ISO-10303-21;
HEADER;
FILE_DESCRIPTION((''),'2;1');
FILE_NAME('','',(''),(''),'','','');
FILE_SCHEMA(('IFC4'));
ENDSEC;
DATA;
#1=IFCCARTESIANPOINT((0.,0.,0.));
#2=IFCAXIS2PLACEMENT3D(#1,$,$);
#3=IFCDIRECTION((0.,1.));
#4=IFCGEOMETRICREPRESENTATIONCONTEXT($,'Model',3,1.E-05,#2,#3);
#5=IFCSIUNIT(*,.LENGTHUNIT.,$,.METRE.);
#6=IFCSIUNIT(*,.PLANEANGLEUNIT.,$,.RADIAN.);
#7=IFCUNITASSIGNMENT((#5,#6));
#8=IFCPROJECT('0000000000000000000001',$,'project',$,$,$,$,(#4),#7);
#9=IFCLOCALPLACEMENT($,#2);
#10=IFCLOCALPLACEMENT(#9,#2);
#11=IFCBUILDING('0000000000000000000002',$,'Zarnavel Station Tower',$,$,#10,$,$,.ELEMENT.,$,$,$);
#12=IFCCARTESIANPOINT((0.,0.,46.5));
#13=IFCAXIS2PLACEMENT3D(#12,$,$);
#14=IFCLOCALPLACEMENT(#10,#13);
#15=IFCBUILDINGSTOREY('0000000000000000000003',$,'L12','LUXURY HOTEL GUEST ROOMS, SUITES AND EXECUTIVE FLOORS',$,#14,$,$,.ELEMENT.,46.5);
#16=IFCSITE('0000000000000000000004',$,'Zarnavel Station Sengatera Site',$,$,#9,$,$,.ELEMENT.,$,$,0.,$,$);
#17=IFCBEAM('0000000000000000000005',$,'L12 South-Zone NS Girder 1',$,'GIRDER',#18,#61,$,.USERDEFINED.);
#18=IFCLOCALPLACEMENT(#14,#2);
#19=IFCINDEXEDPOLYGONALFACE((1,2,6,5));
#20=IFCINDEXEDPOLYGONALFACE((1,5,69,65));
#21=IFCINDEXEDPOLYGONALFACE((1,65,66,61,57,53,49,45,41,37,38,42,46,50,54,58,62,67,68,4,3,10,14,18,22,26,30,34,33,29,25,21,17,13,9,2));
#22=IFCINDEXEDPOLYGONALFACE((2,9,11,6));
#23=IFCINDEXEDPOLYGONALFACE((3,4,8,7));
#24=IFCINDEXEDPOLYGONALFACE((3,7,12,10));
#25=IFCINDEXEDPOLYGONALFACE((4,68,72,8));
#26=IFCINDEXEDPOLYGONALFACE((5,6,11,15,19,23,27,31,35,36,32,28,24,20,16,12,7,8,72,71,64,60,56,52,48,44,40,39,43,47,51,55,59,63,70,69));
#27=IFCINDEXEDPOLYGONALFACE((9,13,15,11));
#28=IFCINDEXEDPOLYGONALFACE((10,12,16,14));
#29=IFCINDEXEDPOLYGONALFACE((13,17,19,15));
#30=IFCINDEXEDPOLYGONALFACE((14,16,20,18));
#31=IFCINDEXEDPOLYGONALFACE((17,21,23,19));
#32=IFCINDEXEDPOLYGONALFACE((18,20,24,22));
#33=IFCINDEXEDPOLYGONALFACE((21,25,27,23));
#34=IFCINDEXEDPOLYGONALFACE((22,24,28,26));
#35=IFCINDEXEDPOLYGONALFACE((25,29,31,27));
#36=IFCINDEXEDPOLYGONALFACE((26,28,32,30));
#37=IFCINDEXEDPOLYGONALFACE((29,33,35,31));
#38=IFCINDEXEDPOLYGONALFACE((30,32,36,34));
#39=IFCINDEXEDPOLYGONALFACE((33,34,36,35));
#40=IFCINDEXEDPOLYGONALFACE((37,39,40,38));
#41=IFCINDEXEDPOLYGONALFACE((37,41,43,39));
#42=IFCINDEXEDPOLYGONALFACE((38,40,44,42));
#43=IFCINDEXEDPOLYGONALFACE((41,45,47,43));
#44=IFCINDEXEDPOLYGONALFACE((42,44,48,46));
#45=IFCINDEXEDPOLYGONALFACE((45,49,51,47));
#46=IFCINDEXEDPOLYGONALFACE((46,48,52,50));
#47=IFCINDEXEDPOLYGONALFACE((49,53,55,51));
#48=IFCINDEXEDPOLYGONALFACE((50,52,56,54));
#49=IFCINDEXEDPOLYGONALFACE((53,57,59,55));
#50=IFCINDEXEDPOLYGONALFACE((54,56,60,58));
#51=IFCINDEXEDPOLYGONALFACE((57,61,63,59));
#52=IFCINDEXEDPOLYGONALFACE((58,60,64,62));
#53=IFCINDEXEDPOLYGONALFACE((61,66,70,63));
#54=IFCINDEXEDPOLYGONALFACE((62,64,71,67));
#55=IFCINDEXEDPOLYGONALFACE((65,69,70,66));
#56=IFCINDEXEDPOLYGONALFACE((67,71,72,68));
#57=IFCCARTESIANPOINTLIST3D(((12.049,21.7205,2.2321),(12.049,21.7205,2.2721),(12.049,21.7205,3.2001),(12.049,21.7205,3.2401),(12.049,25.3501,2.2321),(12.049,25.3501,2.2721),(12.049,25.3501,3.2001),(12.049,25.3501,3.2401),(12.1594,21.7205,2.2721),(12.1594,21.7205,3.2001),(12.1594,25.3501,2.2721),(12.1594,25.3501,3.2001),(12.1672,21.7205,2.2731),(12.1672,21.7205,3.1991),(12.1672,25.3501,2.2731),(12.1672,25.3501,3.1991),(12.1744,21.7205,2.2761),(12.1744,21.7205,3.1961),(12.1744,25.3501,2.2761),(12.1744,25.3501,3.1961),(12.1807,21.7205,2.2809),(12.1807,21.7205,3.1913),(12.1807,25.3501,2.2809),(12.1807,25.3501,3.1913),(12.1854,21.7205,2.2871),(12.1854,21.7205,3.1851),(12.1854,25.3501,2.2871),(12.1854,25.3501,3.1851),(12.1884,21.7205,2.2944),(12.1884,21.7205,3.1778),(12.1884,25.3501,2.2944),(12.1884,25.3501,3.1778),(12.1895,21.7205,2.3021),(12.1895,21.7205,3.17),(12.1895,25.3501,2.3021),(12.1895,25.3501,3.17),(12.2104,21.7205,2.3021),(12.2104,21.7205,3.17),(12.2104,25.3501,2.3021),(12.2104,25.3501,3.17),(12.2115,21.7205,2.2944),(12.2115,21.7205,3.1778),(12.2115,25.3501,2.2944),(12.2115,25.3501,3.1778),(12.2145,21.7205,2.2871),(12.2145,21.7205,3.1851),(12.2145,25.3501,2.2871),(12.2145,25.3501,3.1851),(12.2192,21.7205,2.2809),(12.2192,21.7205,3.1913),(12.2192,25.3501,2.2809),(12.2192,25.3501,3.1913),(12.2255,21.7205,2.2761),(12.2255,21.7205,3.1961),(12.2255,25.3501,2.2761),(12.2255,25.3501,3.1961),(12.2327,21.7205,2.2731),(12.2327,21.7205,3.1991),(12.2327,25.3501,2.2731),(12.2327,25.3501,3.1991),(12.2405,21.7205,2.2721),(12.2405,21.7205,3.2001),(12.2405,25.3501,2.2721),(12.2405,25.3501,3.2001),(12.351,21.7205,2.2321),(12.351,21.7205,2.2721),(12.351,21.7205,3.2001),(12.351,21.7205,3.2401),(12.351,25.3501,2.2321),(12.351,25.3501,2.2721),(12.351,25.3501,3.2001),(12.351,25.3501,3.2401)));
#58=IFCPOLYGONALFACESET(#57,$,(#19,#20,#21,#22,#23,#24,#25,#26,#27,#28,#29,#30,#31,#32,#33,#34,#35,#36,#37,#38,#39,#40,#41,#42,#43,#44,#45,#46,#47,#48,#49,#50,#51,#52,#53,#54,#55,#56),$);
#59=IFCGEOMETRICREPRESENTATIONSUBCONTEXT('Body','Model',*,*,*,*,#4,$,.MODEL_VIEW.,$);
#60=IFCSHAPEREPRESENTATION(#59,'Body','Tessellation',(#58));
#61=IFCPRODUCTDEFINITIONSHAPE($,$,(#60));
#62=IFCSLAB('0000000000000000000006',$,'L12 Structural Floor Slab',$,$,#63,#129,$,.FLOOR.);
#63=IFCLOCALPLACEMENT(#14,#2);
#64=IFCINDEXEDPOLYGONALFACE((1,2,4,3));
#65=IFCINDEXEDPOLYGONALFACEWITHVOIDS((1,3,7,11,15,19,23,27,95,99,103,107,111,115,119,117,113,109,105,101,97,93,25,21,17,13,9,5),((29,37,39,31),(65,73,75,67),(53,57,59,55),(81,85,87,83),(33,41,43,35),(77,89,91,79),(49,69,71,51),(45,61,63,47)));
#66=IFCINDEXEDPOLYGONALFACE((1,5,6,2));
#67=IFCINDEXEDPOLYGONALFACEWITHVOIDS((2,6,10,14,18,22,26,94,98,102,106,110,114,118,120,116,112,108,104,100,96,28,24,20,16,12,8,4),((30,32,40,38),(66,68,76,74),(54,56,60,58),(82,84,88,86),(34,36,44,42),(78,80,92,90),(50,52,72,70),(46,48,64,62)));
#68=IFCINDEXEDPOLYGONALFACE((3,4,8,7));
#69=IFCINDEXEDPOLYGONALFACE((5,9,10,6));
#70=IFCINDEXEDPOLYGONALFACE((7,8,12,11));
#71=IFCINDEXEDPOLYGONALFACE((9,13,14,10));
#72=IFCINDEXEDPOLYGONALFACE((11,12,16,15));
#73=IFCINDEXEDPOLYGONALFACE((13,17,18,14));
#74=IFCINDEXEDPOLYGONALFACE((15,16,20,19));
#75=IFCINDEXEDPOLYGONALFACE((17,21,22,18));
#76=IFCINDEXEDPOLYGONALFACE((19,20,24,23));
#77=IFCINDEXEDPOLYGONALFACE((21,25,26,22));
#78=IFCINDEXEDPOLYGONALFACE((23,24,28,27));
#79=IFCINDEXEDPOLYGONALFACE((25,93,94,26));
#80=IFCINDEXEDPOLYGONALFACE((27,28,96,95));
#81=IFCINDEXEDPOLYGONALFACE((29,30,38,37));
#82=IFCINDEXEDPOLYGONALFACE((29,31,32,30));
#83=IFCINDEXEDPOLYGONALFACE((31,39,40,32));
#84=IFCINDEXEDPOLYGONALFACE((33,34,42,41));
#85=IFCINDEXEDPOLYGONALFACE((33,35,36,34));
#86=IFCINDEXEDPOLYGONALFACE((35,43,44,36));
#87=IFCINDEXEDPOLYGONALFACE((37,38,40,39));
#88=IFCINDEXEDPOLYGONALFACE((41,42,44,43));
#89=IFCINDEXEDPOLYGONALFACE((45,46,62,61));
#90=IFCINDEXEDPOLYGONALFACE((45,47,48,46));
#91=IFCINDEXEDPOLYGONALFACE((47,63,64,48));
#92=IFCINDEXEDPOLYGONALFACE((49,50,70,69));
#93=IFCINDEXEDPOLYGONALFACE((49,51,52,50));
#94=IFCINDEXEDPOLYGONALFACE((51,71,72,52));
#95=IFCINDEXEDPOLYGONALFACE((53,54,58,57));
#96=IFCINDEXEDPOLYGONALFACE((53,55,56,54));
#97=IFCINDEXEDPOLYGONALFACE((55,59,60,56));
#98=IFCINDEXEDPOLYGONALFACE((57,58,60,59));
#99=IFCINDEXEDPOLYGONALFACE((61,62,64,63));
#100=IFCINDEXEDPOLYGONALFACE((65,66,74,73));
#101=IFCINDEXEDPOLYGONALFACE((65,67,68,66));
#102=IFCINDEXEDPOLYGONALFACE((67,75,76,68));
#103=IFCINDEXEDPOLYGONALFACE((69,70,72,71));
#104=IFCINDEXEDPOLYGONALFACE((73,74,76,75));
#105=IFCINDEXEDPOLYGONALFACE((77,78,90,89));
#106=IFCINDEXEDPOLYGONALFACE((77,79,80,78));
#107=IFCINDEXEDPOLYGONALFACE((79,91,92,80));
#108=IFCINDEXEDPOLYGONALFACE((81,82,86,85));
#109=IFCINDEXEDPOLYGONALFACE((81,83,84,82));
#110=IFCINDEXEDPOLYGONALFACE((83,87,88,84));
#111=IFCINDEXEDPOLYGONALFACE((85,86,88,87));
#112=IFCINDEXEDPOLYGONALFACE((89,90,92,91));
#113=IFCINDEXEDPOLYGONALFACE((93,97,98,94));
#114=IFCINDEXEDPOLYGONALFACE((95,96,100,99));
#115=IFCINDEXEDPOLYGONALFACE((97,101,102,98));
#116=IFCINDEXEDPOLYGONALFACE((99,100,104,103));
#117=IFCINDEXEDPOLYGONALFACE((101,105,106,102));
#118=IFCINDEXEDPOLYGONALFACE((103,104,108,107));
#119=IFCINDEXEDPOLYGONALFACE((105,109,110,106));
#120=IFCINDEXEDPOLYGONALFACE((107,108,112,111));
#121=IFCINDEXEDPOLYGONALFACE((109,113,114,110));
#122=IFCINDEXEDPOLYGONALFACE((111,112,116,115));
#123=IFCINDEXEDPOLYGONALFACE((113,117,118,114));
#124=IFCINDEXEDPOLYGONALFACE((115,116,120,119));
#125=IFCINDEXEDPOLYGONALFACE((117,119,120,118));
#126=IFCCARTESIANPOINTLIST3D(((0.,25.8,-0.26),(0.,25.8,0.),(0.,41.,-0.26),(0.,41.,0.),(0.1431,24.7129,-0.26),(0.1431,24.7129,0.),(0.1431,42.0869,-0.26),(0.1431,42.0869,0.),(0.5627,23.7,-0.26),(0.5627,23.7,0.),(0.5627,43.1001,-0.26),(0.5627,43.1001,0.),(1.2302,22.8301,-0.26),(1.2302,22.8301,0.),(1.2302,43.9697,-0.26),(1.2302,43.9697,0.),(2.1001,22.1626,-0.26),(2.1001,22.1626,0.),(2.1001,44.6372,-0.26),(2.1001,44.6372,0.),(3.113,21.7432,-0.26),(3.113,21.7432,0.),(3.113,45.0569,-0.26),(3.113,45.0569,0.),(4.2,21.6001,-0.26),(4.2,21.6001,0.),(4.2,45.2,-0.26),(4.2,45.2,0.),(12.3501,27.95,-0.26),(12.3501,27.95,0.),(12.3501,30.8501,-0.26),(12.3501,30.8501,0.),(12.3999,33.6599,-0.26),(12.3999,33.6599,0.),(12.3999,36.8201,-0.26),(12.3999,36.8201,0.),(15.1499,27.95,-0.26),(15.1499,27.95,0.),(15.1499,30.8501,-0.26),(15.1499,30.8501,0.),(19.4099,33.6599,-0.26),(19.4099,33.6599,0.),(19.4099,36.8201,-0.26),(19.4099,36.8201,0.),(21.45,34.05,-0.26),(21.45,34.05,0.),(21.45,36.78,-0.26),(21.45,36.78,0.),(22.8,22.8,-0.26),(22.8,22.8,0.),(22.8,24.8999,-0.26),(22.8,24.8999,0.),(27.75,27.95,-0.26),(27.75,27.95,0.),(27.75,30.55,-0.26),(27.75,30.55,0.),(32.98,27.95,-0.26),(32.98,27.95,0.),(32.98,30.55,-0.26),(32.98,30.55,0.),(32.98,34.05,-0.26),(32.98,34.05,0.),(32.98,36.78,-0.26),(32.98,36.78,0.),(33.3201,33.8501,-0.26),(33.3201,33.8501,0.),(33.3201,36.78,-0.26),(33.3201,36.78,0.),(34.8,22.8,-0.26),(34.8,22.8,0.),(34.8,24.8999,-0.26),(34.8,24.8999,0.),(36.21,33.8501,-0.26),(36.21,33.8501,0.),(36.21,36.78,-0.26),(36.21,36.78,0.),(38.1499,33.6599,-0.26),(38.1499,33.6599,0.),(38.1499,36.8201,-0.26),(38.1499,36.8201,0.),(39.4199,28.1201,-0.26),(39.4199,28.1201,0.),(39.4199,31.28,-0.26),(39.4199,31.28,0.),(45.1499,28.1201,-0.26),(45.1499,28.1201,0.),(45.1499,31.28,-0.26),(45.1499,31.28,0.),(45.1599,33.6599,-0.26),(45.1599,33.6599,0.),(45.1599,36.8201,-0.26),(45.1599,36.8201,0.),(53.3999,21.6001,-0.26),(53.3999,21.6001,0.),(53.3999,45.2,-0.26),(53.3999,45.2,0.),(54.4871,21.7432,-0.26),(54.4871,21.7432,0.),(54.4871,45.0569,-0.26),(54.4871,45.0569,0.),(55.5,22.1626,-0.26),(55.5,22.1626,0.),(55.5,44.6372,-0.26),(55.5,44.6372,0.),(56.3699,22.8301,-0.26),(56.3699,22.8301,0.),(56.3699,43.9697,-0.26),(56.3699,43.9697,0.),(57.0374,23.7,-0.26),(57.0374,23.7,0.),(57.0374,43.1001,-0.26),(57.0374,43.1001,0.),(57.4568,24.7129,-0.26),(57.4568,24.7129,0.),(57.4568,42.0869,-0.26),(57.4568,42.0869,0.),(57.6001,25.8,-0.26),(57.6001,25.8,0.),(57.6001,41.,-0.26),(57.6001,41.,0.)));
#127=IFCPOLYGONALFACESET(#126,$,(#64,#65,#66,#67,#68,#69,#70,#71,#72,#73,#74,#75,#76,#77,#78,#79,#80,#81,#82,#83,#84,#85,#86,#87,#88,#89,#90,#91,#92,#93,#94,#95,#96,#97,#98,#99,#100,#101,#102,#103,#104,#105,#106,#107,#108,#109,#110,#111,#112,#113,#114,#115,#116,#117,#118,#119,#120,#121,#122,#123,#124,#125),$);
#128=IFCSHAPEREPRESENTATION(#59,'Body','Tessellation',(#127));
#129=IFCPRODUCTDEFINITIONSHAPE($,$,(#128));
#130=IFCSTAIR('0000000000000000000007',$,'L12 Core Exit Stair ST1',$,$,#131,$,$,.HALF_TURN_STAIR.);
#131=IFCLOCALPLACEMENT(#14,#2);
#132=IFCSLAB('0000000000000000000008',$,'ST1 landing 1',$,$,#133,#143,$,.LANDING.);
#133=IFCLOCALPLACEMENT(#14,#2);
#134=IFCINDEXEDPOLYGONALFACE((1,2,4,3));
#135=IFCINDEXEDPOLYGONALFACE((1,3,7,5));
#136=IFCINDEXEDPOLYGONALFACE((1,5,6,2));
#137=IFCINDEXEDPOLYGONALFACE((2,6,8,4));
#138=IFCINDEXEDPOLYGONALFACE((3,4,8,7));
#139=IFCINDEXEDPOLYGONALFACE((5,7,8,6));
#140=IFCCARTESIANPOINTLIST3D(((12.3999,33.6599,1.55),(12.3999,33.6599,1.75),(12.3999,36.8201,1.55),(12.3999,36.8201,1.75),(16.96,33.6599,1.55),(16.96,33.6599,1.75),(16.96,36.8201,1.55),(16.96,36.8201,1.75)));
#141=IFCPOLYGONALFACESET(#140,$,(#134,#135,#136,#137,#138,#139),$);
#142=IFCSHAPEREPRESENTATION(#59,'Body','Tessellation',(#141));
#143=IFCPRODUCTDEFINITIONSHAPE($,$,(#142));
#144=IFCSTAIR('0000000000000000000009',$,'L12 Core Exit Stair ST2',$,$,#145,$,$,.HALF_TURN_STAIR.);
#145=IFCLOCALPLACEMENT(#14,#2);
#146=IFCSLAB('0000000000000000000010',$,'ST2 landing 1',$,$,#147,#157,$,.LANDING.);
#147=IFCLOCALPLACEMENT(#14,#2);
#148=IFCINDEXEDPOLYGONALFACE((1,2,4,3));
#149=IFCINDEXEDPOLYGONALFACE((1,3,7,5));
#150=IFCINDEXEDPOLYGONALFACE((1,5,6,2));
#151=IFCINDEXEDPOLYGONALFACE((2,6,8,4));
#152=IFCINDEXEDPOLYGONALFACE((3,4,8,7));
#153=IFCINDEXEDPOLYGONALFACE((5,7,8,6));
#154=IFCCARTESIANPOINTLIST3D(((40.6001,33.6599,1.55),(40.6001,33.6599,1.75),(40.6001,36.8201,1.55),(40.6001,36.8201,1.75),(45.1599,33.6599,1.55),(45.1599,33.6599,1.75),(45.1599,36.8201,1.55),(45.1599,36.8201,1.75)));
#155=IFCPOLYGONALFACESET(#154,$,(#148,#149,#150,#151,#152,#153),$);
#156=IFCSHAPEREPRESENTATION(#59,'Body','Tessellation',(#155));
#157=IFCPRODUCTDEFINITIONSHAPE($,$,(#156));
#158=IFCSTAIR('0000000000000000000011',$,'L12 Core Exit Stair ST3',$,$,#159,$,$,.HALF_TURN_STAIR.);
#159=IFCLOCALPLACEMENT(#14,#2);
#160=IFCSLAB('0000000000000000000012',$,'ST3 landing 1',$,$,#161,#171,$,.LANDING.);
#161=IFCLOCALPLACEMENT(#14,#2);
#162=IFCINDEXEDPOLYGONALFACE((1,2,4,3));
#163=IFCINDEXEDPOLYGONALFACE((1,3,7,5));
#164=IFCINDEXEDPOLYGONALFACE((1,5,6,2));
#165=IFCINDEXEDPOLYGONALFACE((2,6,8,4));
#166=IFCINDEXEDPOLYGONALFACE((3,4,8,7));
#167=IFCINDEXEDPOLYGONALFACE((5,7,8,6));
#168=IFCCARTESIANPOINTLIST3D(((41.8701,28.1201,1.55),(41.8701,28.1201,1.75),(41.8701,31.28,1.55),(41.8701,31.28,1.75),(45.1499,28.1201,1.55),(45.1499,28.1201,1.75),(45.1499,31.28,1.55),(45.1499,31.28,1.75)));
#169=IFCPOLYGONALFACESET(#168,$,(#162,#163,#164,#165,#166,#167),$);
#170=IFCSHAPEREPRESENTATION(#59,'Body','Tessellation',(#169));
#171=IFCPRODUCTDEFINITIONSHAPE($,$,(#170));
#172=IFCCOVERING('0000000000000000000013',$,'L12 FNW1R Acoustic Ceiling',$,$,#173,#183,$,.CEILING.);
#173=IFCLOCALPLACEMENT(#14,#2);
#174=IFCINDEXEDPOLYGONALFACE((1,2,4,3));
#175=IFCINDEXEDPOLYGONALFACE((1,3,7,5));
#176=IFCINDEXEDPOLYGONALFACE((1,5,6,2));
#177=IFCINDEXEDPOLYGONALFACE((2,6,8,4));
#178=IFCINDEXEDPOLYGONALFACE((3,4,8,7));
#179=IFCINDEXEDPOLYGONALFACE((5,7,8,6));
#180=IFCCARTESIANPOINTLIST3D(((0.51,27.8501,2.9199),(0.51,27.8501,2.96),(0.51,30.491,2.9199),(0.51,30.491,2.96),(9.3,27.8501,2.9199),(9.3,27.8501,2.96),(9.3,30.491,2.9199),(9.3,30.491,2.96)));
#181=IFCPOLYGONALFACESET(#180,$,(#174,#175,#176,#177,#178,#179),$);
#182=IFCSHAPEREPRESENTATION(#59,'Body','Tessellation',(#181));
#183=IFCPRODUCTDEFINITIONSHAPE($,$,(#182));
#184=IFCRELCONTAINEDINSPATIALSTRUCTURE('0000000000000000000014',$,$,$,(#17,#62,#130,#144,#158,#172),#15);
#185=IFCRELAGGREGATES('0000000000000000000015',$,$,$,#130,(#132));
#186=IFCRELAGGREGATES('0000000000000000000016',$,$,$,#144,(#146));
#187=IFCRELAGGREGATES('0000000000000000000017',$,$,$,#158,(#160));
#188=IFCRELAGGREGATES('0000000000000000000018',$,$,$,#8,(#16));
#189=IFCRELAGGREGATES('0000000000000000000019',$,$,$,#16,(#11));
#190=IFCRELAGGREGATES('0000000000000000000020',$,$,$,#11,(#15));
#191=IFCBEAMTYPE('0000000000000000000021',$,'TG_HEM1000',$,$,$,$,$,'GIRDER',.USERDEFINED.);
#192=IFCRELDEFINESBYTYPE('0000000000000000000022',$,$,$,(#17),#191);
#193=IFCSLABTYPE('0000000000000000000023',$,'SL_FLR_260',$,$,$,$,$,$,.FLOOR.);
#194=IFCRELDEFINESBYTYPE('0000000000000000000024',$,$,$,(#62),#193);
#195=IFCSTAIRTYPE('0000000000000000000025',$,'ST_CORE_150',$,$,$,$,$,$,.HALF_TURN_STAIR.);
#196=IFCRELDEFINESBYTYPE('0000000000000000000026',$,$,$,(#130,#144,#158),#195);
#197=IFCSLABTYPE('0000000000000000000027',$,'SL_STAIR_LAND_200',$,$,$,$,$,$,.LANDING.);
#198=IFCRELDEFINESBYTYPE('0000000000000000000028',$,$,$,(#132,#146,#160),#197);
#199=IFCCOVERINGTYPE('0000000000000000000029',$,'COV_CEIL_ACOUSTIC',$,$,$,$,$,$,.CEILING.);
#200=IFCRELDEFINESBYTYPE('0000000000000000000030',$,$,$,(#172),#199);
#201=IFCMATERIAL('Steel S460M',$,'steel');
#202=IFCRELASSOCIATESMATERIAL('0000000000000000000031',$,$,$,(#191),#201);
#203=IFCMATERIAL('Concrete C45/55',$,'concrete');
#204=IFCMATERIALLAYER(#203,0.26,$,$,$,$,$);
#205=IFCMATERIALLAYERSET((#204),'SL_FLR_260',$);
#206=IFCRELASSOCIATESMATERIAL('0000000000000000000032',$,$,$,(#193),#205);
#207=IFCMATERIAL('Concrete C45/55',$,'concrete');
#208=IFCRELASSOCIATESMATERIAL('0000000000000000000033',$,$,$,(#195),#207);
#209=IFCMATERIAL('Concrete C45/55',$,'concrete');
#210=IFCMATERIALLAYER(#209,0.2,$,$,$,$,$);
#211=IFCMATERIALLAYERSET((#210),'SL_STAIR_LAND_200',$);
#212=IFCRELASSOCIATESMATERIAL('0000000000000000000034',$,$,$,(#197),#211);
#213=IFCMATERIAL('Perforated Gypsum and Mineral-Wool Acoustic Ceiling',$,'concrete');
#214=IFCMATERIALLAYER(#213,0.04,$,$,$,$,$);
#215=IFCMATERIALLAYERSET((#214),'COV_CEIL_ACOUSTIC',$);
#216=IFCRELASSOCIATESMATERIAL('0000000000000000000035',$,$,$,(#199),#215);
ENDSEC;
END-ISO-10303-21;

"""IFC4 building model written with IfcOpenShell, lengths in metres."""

from ifc_helpers import new_model, si_unit, direction, frame, origin, origin_2d, place, context, subcontext, project, spatial, polyline, i_section, outline, extrude, material, layer, layer_set, material_profile, profile_set, type_object, element, aggregate, save


model = new_model("IFC4")

# Units and contexts
model_context = context("Model", 3, precision=1e-05, world=origin(), true_north=direction((0.0, 1.0)))
body_context = subcontext(model_context, "Body", "Model", "MODEL_VIEW")
ifc_project = project(units=[si_unit("LENGTHUNIT", "METRE"), si_unit("PLANEANGLEUNIT", "RADIAN")], contexts=[model_context])

# Site, building, storey
site_placement = place(None, origin())
site = spatial("IfcSite", under=ifc_project, at=site_placement, Name="Zarnavel Station Sengatera Site", CompositionType="ELEMENT", RefElevation=0.0)
building_placement = place(site_placement, origin())
building = spatial("IfcBuilding", under=site, at=building_placement, Name="Zarnavel Station Tower", CompositionType="ELEMENT")
storey_placement = place(building_placement, frame((0.0, 0.0, 46.5)))
storey = spatial("IfcBuildingStorey", under=building, at=storey_placement, Name="L12", Description="LUXURY HOTEL GUEST ROOMS, SUITES AND EXECUTIVE FLOORS", CompositionType="ELEMENT", Elevation=46.5)

# Beam
ifc_material_1 = material(Name="Steel S460M", Category="steel")
ifc_material_profile = material_profile(ifc_material_1, i_section(OverallWidth=0.302, OverallDepth=1.0081, WebThickness=0.021, FlangeThickness=0.04, FilletRadius=0.03, at=origin_2d()), Name="HEM1000")
ifc_profile_set = profile_set([ifc_material_profile], Name="Steel S460M")
beam_type = type_object("IfcBeamType", Name="TG_HEM1000", ElementType="GIRDER", PredefinedType="USERDEFINED", material=ifc_profile_set)
beam_placement = place(storey_placement, frame((12.2, 21.7205, 2.7361), z_axis=(0.0, 1.0, 0.0), x_axis=(-1.0, 0.0, 0.0)))
element("IfcBeam", 1, at=beam_placement, inside=storey, type_object=beam_type, Name="L12 South-Zone NS Girder 1", ObjectType="GIRDER", PredefinedType="USERDEFINED", context=body_context, shape_type="SweptSolid", body=[
    extrude(i_section(OverallWidth=0.302, OverallDepth=1.0081, WebThickness=0.021, FlangeThickness=0.04, FilletRadius=0.03, at=origin_2d()), origin(), (0.0, 0.0, 1.0), 3.6296),
])

# Slab
ifc_material_2 = material(Name="Concrete C45/55", Category="concrete")
ifc_layer_1 = layer(ifc_material_2, 0.26)
ifc_layer_set_1 = layer_set([ifc_layer_1], Name="SL_FLR_260")
slab_type_1 = type_object("IfcSlabType", Name="SL_FLR_260", PredefinedType="FLOOR", material=ifc_layer_set_1)
slab_1_placement = place(storey_placement, frame((0.0, 0.0, -0.26)))
element("IfcSlab", 2, at=slab_1_placement, inside=storey, type_object=slab_type_1, Name="L12 Structural Floor Slab", PredefinedType="FLOOR", context=body_context, shape_type="SweptSolid", body=[
    extrude(outline(polyline([(53.3999, 21.6001), (54.4871, 21.7432), (55.5, 22.1626), (56.3699, 22.8301), (57.0374, 23.7), (57.4568, 24.7129), (57.6001, 25.8), (57.6001, 41.0), (57.4568, 42.0869), (57.0374, 43.1001), (56.3699, 43.9697), (55.5, 44.6372), (54.4871, 45.0569), (53.3999, 45.2), (4.2, 45.2), (3.113, 45.0569), (2.1001, 44.6372), (1.2302, 43.9697), (0.5627, 43.1001), (0.1431, 42.0869), (0.0, 41.0), (0.0, 25.8), (0.1431, 24.7129), (0.5627, 23.7), (1.2302, 22.8301), (2.1001, 22.1626), (3.113, 21.7432), (4.2, 21.6001), (53.3999, 21.6001)]), holes=[polyline([(12.3999, 33.6599), (19.4099, 33.6599), (19.4099, 36.8201), (12.3999, 36.8201), (12.3999, 33.6599)]), polyline([(38.1499, 33.6599), (45.1599, 33.6599), (45.1599, 36.8201), (38.1499, 36.8201), (38.1499, 33.6599)]), polyline([(39.4199, 28.1201), (45.1499, 28.1201), (45.1499, 31.28), (39.4199, 31.28), (39.4199, 28.1201)]), polyline([(12.3501, 27.95), (15.1499, 27.95), (15.1499, 30.8501), (12.3501, 30.8501), (12.3501, 27.95)]), polyline([(33.3201, 33.8501), (36.21, 33.8501), (36.21, 36.78), (33.3201, 36.78), (33.3201, 33.8501)]), polyline([(21.45, 34.05), (32.98, 34.05), (32.98, 36.78), (21.45, 36.78), (21.45, 34.05)]), polyline([(27.75, 27.95), (32.98, 27.95), (32.98, 30.55), (27.75, 30.55), (27.75, 27.95)]), polyline([(22.8, 22.8), (34.8, 22.8), (34.8, 24.8999), (22.8, 24.8999), (22.8, 22.8)])]), origin(), (0.0, 0.0, 1.0), 0.26),
])

# Stairs, slabs
ifc_material_3 = material(Name="Concrete C45/55", Category="concrete")
stair_type = type_object("IfcStairType", Name="ST_CORE_150", PredefinedType="HALF_TURN_STAIR", material=ifc_material_3)
stair_1_placement = place(storey_placement, origin())
stair_1 = element("IfcStair", 3, at=stair_1_placement, inside=storey, type_object=stair_type, Name="L12 Core Exit Stair ST1", PredefinedType="HALF_TURN_STAIR")
ifc_material_4 = material(Name="Concrete C45/55", Category="concrete")
ifc_layer_2 = layer(ifc_material_4, 0.2)
ifc_layer_set_2 = layer_set([ifc_layer_2], Name="SL_STAIR_LAND_200")
slab_type_2 = type_object("IfcSlabType", Name="SL_STAIR_LAND_200", PredefinedType="LANDING", material=ifc_layer_set_2)
slab_2_placement = place(storey_placement, frame((0.0, 0.0, 1.55)))
slab_2 = element("IfcSlab", 4, at=slab_2_placement, type_object=slab_type_2, Name="ST1 landing 1", PredefinedType="LANDING", context=body_context, shape_type="SweptSolid", body=[
    extrude(outline(polyline([(16.96, 36.8201), (12.3999, 36.8201), (12.3999, 33.6599), (16.96, 33.6599), (16.96, 36.8201)])), origin(), (0.0, 0.0, 1.0), 0.2),
])
aggregate(stair_1, [slab_2])
stair_2_placement = place(storey_placement, origin())
stair_2 = element("IfcStair", 5, at=stair_2_placement, inside=storey, type_object=stair_type, Name="L12 Core Exit Stair ST2", PredefinedType="HALF_TURN_STAIR")
slab_3_placement = place(storey_placement, frame((0.0, 0.0, 1.55)))
slab_3 = element("IfcSlab", 6, at=slab_3_placement, type_object=slab_type_2, Name="ST2 landing 1", PredefinedType="LANDING", context=body_context, shape_type="SweptSolid", body=[
    extrude(outline(polyline([(40.6001, 33.6599), (45.1599, 33.6599), (45.1599, 36.8201), (40.6001, 36.8201), (40.6001, 33.6599)])), origin(), (0.0, 0.0, 1.0), 0.2),
])
aggregate(stair_2, [slab_3])
stair_3_placement = place(storey_placement, origin())
stair_3 = element("IfcStair", 7, at=stair_3_placement, inside=storey, type_object=stair_type, Name="L12 Core Exit Stair ST3", PredefinedType="HALF_TURN_STAIR")
slab_4_placement = place(storey_placement, frame((0.0, 0.0, 1.55)))
slab_4 = element("IfcSlab", 8, at=slab_4_placement, type_object=slab_type_2, Name="ST3 landing 1", PredefinedType="LANDING", context=body_context, shape_type="SweptSolid", body=[
    extrude(outline(polyline([(41.8701, 28.1201), (45.1499, 28.1201), (45.1499, 31.28), (41.8701, 31.28), (41.8701, 28.1201)])), origin(), (0.0, 0.0, 1.0), 0.2),
])
aggregate(stair_3, [slab_4])

# Covering
ifc_material_5 = material(Name="Perforated Gypsum and Mineral-Wool Acoustic Ceiling", Category="concrete")
ifc_layer_3 = layer(ifc_material_5, 0.04)
ifc_layer_set_3 = layer_set([ifc_layer_3], Name="COV_CEIL_ACOUSTIC")
covering_type_1 = type_object("IfcCoveringType", Name="COV_CEIL_ACOUSTIC", PredefinedType="CEILING", material=ifc_layer_set_3)
covering_1_placement = place(storey_placement, frame((0.0, 0.0, 2.9199)))
element("IfcCovering", 9, at=covering_1_placement, inside=storey, type_object=covering_type_1, Name="L12 FNW1R Acoustic Ceiling", PredefinedType="CEILING", context=body_context, shape_type="SweptSolid", body=[
    extrude(outline(polyline([(0.51, 27.8501), (9.3, 27.8501), (9.3, 30.491), (0.51, 30.491), (0.51, 27.8501)])), origin(), (0.0, 0.0, 1.0), 0.04),
])

save(model, "model.ifc")
